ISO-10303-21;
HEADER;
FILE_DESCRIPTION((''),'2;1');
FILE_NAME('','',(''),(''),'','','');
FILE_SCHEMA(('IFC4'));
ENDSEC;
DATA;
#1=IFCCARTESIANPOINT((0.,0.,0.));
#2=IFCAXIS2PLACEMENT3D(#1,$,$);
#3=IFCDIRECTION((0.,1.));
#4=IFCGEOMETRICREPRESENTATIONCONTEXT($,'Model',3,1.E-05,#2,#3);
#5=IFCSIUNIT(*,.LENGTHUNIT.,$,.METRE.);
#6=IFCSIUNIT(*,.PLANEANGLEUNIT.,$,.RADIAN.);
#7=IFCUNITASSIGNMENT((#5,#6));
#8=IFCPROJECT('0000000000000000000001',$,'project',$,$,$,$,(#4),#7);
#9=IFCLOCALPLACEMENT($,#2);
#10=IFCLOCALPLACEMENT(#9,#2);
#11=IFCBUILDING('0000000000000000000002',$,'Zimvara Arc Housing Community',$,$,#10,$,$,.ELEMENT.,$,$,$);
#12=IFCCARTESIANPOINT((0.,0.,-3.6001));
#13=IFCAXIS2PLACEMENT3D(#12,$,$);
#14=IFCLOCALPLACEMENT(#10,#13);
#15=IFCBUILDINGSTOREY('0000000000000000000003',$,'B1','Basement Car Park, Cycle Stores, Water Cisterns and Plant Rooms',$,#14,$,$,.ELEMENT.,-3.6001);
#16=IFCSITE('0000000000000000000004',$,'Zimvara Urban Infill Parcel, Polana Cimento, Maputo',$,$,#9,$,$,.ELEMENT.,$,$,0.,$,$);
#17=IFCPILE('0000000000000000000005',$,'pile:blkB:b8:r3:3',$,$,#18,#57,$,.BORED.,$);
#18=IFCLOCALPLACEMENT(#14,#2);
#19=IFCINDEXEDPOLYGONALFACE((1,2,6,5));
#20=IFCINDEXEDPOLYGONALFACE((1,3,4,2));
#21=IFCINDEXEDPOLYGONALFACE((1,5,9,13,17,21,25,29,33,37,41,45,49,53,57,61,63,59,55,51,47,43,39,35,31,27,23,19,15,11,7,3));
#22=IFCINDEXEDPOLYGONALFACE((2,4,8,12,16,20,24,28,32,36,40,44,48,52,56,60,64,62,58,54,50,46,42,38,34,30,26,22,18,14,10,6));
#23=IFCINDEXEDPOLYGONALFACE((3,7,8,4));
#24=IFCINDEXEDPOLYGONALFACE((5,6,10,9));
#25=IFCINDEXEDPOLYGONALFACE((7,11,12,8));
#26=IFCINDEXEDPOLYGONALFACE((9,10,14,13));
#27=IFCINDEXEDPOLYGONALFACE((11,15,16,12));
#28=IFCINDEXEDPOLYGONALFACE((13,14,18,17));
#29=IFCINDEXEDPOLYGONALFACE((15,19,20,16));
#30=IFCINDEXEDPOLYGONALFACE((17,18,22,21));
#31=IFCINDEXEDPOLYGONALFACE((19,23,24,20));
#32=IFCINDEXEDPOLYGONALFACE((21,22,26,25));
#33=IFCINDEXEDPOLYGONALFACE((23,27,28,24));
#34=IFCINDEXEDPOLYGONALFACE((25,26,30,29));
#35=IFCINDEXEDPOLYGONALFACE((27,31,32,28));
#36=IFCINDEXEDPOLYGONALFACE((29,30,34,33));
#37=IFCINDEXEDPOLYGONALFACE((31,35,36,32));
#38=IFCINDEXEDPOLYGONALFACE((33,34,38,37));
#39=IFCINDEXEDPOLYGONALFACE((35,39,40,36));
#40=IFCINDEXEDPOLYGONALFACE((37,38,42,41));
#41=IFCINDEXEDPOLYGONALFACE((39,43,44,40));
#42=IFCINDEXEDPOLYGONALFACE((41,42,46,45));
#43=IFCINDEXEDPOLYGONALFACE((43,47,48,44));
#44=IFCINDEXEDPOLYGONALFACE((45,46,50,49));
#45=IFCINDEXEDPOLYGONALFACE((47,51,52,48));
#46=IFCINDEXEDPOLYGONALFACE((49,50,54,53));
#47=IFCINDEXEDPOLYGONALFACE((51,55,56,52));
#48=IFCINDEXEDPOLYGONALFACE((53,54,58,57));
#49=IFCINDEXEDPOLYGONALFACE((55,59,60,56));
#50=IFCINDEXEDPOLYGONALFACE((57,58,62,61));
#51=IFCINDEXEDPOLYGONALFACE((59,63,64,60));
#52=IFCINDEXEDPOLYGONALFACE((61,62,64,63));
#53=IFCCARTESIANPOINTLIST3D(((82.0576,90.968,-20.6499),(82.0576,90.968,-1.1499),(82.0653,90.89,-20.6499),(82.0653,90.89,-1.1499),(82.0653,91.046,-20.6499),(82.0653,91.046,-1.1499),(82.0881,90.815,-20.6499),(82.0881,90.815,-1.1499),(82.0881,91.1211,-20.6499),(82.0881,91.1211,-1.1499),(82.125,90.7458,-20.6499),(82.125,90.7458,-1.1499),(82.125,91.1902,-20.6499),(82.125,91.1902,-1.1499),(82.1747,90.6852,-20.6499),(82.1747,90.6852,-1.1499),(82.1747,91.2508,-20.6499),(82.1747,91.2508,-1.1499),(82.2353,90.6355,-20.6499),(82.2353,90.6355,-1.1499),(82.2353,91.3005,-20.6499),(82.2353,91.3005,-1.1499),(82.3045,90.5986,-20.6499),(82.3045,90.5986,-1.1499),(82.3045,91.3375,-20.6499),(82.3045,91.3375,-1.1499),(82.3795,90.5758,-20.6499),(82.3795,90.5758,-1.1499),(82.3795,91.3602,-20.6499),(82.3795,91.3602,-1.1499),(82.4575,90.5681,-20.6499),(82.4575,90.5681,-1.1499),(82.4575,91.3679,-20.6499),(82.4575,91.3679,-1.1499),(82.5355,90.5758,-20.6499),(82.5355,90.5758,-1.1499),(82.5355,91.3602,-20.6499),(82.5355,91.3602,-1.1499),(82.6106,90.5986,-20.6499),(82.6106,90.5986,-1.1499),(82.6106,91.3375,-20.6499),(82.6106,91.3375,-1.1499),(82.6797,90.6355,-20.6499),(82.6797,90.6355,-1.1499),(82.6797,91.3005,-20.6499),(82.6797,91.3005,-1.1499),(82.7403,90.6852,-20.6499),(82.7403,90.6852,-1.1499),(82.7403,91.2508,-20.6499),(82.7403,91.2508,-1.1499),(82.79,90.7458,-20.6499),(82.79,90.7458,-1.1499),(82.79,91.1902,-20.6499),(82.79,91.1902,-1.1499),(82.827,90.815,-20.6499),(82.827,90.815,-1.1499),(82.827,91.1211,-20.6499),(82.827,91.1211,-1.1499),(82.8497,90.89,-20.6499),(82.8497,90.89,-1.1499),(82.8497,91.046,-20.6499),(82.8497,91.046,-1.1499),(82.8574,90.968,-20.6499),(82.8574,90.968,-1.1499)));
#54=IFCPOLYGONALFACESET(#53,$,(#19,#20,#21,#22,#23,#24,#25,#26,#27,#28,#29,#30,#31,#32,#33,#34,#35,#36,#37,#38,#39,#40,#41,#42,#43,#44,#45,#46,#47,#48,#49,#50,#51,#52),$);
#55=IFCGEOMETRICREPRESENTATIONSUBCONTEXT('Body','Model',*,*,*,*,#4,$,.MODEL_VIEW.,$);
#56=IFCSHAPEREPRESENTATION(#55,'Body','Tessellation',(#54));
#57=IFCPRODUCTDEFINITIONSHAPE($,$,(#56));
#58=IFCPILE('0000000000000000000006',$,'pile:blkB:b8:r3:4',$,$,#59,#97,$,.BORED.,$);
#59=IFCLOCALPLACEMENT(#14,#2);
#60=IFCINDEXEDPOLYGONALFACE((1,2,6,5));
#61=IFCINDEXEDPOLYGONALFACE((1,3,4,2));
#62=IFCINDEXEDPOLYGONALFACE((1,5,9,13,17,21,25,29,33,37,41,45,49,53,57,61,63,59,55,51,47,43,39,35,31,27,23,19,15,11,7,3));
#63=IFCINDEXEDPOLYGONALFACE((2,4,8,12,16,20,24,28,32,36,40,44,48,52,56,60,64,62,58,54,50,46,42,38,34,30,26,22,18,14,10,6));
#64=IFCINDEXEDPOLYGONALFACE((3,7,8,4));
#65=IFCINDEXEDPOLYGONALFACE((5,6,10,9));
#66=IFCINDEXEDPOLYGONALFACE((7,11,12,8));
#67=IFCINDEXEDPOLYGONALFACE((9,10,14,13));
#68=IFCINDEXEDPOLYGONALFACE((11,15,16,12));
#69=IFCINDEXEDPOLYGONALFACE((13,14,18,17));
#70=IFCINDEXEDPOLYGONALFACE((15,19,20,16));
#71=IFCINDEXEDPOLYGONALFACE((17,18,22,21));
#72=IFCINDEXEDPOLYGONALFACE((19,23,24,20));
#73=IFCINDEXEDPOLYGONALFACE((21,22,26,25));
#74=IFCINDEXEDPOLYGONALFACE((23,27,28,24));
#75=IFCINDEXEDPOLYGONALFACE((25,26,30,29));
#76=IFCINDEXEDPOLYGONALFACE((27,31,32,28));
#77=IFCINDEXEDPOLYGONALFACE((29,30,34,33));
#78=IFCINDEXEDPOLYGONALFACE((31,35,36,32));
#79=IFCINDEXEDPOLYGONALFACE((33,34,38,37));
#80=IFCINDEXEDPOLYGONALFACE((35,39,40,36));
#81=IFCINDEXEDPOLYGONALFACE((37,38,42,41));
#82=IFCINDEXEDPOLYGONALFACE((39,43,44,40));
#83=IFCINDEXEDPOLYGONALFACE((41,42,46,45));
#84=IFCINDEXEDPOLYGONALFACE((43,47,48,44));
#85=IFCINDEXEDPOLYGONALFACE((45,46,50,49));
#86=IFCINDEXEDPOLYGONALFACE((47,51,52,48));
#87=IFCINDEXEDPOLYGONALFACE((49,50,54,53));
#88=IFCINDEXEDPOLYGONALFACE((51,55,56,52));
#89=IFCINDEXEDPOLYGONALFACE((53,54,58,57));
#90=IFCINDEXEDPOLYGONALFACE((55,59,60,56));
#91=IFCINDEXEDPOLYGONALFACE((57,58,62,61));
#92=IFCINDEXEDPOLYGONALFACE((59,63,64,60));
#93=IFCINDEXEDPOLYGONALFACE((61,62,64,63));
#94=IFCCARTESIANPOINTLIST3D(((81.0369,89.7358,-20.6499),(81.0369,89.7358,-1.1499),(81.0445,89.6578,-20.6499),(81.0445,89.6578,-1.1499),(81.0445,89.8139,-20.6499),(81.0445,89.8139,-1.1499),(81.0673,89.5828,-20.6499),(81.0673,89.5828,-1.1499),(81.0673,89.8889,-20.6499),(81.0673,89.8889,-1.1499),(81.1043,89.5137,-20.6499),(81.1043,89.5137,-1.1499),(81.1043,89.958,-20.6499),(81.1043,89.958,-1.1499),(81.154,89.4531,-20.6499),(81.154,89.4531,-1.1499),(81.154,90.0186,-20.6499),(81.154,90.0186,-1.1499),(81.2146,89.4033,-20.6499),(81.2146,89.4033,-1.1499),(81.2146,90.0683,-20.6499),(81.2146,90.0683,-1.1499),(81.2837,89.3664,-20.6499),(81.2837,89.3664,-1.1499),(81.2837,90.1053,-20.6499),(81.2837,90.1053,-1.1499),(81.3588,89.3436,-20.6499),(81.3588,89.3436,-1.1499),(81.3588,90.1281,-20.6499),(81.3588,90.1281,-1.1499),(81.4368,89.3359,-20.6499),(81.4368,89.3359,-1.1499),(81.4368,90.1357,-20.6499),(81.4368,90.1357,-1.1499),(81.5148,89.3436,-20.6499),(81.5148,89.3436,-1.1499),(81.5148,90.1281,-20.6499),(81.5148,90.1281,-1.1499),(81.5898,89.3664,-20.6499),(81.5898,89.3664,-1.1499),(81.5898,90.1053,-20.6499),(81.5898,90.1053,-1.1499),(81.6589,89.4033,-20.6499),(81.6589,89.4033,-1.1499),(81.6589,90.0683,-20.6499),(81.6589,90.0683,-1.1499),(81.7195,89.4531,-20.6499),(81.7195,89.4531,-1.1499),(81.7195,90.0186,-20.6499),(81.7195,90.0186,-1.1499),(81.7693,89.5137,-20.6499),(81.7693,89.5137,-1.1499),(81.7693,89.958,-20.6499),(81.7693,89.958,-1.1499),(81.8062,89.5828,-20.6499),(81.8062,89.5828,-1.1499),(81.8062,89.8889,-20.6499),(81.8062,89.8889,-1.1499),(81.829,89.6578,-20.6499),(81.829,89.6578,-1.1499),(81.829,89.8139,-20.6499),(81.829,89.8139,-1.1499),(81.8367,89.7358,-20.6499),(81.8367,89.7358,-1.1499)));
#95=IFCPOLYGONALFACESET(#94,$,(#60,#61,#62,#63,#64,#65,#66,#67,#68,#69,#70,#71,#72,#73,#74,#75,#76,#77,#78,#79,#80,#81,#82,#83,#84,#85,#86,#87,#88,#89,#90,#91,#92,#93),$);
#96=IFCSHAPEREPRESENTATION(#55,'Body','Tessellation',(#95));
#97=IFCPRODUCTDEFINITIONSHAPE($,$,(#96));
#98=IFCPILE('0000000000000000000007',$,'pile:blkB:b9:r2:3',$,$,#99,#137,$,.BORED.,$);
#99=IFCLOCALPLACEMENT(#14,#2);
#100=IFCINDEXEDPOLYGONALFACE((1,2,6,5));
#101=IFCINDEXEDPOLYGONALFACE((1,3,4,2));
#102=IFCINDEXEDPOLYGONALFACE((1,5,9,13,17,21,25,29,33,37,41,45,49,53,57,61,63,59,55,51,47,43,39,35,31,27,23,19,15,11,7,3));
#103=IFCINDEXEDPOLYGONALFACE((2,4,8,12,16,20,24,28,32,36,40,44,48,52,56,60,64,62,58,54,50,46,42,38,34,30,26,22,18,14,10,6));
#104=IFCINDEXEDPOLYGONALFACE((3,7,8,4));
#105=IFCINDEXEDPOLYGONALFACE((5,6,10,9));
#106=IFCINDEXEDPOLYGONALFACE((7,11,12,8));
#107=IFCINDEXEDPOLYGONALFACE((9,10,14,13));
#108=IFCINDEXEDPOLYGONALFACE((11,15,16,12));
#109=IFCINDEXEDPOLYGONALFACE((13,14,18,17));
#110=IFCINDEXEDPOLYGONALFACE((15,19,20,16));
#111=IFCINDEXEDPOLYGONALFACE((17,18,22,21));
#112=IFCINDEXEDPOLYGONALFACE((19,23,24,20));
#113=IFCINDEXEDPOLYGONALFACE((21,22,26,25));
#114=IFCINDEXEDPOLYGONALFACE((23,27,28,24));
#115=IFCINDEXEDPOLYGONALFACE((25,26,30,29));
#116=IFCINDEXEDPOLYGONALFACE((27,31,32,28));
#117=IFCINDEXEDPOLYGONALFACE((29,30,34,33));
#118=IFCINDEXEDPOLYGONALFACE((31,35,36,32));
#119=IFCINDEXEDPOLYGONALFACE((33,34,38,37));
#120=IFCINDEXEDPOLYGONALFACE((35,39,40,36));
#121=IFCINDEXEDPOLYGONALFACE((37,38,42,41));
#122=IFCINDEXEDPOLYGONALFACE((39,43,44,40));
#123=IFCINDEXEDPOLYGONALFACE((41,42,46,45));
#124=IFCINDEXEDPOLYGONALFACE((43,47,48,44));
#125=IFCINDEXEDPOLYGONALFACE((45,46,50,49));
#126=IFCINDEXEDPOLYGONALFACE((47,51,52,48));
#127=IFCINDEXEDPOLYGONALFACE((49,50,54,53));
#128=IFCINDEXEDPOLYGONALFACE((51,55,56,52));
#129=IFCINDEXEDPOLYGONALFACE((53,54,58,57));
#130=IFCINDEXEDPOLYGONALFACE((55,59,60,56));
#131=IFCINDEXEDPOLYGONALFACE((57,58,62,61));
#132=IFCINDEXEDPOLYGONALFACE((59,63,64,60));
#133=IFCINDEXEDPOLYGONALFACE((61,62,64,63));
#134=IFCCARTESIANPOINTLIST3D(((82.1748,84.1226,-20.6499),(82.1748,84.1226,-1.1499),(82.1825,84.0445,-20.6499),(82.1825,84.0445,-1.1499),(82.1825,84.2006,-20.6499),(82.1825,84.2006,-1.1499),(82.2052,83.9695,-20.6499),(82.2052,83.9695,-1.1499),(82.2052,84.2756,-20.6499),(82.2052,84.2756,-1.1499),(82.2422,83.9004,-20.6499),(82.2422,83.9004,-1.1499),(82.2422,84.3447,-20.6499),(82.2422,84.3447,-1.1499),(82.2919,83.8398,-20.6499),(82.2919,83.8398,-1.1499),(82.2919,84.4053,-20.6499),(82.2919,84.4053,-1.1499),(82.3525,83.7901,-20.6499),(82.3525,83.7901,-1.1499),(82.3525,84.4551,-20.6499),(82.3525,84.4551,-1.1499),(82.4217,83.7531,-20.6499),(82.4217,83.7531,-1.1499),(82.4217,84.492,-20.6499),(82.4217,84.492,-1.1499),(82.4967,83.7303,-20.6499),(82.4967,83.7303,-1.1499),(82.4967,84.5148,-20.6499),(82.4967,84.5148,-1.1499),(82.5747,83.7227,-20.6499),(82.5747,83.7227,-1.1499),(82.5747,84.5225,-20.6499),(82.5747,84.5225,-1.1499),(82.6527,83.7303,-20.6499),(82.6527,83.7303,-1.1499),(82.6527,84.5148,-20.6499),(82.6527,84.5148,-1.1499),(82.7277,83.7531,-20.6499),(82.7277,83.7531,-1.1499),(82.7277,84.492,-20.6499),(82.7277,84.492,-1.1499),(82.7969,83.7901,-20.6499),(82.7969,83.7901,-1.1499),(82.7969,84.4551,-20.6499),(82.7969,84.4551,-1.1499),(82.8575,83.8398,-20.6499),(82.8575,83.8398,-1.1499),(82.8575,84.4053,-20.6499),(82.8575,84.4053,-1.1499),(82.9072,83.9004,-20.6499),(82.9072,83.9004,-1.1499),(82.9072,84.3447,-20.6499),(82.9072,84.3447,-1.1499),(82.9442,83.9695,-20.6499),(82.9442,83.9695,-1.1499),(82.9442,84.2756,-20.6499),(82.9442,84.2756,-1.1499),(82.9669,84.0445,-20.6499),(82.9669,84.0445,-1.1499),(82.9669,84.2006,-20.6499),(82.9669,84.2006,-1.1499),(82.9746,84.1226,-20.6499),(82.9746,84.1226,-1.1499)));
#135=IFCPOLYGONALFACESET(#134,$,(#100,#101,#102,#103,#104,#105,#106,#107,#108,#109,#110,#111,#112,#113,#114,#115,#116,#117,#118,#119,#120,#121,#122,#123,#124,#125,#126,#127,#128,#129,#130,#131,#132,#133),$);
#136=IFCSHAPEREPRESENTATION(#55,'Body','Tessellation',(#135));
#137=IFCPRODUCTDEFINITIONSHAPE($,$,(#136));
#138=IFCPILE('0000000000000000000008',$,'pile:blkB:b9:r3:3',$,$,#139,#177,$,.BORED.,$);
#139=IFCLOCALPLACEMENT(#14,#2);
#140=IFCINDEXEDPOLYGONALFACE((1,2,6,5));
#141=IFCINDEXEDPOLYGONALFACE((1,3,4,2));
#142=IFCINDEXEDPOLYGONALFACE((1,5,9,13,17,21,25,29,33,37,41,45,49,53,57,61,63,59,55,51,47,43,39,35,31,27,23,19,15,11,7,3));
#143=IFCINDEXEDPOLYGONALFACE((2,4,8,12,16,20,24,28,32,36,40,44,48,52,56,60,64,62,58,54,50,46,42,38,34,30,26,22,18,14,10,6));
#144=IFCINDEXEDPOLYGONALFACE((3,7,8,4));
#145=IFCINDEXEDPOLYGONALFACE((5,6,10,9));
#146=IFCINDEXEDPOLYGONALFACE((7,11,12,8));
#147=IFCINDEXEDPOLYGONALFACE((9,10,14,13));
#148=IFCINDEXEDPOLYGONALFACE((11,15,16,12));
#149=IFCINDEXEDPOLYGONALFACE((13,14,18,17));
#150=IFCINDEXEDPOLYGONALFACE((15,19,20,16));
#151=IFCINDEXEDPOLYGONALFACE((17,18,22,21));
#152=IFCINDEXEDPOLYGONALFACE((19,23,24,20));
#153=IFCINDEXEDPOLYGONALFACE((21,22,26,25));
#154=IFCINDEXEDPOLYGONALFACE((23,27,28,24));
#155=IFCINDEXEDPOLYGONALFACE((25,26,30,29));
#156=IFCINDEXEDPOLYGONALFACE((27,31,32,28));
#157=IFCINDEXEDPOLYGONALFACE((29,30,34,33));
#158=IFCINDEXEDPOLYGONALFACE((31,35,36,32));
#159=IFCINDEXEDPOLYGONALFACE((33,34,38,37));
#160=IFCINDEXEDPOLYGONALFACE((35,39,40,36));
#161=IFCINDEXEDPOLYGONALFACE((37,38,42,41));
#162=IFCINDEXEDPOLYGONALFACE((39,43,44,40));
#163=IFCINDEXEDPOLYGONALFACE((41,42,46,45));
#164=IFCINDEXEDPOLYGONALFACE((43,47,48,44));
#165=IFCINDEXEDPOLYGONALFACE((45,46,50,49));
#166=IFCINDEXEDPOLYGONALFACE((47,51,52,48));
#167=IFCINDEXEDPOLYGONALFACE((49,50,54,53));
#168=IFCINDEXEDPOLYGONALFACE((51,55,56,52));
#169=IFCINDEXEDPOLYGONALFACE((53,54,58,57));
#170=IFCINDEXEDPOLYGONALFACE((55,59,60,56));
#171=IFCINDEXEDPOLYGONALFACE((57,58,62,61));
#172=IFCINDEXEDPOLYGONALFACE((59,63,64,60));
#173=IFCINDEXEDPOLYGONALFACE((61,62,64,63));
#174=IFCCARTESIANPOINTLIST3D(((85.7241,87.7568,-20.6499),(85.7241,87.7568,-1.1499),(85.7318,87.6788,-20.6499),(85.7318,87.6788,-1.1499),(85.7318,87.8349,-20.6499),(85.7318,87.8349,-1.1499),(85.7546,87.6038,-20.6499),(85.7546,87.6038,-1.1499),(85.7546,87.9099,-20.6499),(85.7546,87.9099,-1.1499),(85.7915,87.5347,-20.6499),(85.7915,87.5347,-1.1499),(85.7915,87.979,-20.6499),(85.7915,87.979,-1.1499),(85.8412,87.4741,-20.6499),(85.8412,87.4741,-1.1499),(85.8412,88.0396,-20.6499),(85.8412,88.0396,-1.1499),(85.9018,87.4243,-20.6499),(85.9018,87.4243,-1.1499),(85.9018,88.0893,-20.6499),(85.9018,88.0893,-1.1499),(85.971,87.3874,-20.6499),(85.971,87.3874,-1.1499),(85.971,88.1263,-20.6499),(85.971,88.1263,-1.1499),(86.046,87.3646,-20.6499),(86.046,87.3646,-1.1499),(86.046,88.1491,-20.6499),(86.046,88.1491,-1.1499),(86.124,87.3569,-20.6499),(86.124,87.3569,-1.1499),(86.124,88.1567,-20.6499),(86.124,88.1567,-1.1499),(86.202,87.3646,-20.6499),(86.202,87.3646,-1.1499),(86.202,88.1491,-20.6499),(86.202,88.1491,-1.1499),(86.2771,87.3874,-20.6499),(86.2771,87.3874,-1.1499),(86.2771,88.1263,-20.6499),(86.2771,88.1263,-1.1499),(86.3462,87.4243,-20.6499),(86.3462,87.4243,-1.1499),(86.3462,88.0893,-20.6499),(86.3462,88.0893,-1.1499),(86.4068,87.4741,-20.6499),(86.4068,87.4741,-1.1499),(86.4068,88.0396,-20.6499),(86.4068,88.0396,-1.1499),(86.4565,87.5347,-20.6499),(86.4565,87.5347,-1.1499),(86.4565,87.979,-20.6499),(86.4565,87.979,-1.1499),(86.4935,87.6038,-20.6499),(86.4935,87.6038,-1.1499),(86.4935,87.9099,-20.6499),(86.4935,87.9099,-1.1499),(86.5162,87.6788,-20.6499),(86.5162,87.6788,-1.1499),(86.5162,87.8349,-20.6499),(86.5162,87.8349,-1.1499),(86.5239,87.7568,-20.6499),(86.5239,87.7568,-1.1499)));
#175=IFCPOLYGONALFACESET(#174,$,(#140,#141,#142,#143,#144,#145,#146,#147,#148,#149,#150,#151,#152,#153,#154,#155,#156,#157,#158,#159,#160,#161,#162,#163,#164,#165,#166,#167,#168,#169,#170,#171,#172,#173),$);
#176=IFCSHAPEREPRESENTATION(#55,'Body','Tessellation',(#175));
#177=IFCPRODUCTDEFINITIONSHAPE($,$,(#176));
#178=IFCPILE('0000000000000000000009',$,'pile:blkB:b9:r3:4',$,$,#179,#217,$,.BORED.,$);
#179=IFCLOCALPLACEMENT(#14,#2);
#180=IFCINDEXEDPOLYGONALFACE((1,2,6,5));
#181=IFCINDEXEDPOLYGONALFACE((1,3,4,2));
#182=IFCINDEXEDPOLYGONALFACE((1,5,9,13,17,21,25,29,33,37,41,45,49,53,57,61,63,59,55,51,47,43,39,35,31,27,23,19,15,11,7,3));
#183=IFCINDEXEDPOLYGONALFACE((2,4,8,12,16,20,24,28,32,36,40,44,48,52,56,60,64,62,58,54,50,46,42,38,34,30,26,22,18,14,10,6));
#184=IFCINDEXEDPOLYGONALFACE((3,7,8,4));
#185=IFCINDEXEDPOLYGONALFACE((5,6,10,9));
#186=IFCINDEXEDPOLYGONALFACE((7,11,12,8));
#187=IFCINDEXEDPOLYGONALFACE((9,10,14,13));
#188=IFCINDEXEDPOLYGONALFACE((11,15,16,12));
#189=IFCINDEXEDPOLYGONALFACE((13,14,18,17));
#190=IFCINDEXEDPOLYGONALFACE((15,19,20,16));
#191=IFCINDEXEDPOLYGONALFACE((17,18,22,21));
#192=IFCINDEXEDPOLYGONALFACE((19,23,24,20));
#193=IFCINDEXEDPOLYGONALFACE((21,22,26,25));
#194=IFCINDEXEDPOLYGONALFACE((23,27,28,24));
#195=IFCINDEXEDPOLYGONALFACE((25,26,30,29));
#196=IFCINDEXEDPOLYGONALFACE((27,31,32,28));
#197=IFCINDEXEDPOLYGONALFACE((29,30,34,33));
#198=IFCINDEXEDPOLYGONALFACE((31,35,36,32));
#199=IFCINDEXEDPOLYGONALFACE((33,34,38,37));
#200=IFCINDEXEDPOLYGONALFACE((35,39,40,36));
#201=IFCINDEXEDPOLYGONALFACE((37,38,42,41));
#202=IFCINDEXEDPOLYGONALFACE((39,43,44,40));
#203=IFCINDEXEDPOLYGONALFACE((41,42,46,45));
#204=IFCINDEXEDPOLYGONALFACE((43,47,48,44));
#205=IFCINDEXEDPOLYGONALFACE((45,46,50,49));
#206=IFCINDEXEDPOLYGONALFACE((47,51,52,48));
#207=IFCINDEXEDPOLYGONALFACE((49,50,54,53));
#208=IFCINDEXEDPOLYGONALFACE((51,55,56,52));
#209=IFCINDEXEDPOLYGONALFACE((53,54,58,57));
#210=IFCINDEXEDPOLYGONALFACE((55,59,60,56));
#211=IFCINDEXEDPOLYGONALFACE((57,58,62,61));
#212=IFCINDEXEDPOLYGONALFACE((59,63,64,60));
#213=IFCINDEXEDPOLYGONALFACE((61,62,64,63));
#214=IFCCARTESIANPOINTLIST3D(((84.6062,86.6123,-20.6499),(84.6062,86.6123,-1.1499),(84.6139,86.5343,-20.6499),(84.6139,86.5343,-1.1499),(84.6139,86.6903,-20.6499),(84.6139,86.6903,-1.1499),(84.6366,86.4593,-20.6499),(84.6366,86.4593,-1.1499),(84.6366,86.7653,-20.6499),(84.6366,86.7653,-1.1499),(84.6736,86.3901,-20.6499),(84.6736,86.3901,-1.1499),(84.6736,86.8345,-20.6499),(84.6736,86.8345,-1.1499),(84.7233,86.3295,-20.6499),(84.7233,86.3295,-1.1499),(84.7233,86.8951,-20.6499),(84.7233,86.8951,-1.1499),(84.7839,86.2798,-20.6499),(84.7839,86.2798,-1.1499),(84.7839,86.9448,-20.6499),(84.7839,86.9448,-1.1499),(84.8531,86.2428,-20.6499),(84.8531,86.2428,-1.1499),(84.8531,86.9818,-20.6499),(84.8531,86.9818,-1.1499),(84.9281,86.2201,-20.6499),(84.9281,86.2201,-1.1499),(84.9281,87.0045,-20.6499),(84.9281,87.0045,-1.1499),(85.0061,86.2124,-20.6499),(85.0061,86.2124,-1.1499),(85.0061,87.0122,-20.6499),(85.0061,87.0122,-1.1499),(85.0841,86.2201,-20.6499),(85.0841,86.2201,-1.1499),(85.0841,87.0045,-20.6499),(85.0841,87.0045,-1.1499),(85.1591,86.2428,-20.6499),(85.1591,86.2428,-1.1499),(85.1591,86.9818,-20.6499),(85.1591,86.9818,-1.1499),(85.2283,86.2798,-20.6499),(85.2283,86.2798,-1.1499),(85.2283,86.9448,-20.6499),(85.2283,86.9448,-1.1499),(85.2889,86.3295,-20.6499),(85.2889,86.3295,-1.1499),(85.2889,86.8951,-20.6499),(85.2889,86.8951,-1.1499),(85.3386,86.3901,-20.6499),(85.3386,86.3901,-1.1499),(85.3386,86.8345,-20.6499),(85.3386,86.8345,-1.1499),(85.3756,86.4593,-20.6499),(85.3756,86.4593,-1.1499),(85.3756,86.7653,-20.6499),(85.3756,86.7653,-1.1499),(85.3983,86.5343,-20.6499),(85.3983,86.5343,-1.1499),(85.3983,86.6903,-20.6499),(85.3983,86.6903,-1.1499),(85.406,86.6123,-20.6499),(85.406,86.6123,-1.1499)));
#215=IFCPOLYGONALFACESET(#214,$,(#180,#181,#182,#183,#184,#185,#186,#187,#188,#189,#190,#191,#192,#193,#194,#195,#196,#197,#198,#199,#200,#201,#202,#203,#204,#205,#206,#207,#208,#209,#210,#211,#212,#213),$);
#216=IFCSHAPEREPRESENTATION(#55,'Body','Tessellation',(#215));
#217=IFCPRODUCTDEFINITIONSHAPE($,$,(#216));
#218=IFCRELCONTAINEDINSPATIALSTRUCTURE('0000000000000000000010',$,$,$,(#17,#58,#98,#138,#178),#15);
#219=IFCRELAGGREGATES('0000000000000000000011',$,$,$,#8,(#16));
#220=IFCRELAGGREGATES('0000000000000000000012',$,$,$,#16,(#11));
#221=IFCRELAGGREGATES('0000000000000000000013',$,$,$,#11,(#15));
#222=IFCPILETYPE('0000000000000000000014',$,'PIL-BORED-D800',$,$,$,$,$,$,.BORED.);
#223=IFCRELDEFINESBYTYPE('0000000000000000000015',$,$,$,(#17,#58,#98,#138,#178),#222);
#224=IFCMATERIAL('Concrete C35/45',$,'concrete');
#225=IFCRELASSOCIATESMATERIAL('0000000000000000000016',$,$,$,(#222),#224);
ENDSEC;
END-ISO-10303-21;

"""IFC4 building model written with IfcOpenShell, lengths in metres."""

from ifc_helpers import new_model, si_unit, direction, frame, origin, origin_2d, place, context, subcontext, project, spatial, circle, extrude, material, material_profile, profile_set, type_object, element, save


model = new_model("IFC4")

# Units and contexts
model_context = context("Model", 3, precision=1e-05, world=origin(), true_north=direction((0.0, 1.0)))
body_context = subcontext(model_context, "Body", "Model", "MODEL_VIEW")
ifc_project = project(units=[si_unit("LENGTHUNIT", "METRE"), si_unit("PLANEANGLEUNIT", "RADIAN")], contexts=[model_context])

# Site, building, storey
site_placement = place(None, origin())
site = spatial("IfcSite", under=ifc_project, at=site_placement, Name="Zimvara Urban Infill Parcel, Polana Cimento, Maputo", CompositionType="ELEMENT", RefElevation=0.0)
building_placement = place(site_placement, origin())
building = spatial("IfcBuilding", under=site, at=building_placement, Name="Zimvara Arc Housing Community", CompositionType="ELEMENT")
storey_placement = place(building_placement, frame((0.0, 0.0, -3.6001)))
storey = spatial("IfcBuildingStorey", under=building, at=storey_placement, Name="B1", Description="Basement Car Park, Cycle Stores, Water Cisterns and Plant Rooms", CompositionType="ELEMENT", Elevation=-3.6001)

# Piles
ifc_material_1 = material(Name="Concrete C35/45", Category="concrete")
ifc_material_profile_1 = material_profile(ifc_material_1, circle(Radius=0.3999, at=origin_2d()), Name="PILE D800")
ifc_profile_set_1 = profile_set([ifc_material_profile_1], Name="Concrete C35/45")
pile_type = type_object("IfcPileType", Name="PIL-BORED-D800", PredefinedType="BORED", material=ifc_profile_set_1)
for number, where, z_axis, x_axis, name in (
    (1, (82.4575, 90.968, -1.1499), (0.0, 0.0, -1.0), (1.0, 0.0, 0.0), "pile:blkB:b8:r3:3"),
    (2, (81.4368, 89.7358, -1.1499), (0.0, 0.0, -1.0), (1.0, 0.0, 0.0), "pile:blkB:b8:r3:4"),
    (3, (82.5747, 84.1226, -1.1499), (0.0, 0.0, -1.0), (1.0, 0.0, 0.0), "pile:blkB:b9:r2:3"),
    (4, (86.124, 87.7568, -1.1499), (0.0, 0.0, -1.0), (1.0, 0.0, 0.0), "pile:blkB:b9:r3:3"),
    (5, (85.0061, 86.6123, -1.1499), (0.0, 0.0, -1.0), (1.0, 0.0, 0.0), "pile:blkB:b9:r3:4"),
):
    element("IfcPile", number, at=place(storey_placement, frame(where, z_axis=z_axis, x_axis=x_axis)), inside=storey, type_object=pile_type, Name=name, PredefinedType="BORED", context=body_context, shape_type="SweptSolid", body=[
        extrude(circle(Radius=0.3999, at=origin_2d()), origin(), (0.0, 0.0, 1.0), 19.5),
    ])

save(model, "model.ifc")
